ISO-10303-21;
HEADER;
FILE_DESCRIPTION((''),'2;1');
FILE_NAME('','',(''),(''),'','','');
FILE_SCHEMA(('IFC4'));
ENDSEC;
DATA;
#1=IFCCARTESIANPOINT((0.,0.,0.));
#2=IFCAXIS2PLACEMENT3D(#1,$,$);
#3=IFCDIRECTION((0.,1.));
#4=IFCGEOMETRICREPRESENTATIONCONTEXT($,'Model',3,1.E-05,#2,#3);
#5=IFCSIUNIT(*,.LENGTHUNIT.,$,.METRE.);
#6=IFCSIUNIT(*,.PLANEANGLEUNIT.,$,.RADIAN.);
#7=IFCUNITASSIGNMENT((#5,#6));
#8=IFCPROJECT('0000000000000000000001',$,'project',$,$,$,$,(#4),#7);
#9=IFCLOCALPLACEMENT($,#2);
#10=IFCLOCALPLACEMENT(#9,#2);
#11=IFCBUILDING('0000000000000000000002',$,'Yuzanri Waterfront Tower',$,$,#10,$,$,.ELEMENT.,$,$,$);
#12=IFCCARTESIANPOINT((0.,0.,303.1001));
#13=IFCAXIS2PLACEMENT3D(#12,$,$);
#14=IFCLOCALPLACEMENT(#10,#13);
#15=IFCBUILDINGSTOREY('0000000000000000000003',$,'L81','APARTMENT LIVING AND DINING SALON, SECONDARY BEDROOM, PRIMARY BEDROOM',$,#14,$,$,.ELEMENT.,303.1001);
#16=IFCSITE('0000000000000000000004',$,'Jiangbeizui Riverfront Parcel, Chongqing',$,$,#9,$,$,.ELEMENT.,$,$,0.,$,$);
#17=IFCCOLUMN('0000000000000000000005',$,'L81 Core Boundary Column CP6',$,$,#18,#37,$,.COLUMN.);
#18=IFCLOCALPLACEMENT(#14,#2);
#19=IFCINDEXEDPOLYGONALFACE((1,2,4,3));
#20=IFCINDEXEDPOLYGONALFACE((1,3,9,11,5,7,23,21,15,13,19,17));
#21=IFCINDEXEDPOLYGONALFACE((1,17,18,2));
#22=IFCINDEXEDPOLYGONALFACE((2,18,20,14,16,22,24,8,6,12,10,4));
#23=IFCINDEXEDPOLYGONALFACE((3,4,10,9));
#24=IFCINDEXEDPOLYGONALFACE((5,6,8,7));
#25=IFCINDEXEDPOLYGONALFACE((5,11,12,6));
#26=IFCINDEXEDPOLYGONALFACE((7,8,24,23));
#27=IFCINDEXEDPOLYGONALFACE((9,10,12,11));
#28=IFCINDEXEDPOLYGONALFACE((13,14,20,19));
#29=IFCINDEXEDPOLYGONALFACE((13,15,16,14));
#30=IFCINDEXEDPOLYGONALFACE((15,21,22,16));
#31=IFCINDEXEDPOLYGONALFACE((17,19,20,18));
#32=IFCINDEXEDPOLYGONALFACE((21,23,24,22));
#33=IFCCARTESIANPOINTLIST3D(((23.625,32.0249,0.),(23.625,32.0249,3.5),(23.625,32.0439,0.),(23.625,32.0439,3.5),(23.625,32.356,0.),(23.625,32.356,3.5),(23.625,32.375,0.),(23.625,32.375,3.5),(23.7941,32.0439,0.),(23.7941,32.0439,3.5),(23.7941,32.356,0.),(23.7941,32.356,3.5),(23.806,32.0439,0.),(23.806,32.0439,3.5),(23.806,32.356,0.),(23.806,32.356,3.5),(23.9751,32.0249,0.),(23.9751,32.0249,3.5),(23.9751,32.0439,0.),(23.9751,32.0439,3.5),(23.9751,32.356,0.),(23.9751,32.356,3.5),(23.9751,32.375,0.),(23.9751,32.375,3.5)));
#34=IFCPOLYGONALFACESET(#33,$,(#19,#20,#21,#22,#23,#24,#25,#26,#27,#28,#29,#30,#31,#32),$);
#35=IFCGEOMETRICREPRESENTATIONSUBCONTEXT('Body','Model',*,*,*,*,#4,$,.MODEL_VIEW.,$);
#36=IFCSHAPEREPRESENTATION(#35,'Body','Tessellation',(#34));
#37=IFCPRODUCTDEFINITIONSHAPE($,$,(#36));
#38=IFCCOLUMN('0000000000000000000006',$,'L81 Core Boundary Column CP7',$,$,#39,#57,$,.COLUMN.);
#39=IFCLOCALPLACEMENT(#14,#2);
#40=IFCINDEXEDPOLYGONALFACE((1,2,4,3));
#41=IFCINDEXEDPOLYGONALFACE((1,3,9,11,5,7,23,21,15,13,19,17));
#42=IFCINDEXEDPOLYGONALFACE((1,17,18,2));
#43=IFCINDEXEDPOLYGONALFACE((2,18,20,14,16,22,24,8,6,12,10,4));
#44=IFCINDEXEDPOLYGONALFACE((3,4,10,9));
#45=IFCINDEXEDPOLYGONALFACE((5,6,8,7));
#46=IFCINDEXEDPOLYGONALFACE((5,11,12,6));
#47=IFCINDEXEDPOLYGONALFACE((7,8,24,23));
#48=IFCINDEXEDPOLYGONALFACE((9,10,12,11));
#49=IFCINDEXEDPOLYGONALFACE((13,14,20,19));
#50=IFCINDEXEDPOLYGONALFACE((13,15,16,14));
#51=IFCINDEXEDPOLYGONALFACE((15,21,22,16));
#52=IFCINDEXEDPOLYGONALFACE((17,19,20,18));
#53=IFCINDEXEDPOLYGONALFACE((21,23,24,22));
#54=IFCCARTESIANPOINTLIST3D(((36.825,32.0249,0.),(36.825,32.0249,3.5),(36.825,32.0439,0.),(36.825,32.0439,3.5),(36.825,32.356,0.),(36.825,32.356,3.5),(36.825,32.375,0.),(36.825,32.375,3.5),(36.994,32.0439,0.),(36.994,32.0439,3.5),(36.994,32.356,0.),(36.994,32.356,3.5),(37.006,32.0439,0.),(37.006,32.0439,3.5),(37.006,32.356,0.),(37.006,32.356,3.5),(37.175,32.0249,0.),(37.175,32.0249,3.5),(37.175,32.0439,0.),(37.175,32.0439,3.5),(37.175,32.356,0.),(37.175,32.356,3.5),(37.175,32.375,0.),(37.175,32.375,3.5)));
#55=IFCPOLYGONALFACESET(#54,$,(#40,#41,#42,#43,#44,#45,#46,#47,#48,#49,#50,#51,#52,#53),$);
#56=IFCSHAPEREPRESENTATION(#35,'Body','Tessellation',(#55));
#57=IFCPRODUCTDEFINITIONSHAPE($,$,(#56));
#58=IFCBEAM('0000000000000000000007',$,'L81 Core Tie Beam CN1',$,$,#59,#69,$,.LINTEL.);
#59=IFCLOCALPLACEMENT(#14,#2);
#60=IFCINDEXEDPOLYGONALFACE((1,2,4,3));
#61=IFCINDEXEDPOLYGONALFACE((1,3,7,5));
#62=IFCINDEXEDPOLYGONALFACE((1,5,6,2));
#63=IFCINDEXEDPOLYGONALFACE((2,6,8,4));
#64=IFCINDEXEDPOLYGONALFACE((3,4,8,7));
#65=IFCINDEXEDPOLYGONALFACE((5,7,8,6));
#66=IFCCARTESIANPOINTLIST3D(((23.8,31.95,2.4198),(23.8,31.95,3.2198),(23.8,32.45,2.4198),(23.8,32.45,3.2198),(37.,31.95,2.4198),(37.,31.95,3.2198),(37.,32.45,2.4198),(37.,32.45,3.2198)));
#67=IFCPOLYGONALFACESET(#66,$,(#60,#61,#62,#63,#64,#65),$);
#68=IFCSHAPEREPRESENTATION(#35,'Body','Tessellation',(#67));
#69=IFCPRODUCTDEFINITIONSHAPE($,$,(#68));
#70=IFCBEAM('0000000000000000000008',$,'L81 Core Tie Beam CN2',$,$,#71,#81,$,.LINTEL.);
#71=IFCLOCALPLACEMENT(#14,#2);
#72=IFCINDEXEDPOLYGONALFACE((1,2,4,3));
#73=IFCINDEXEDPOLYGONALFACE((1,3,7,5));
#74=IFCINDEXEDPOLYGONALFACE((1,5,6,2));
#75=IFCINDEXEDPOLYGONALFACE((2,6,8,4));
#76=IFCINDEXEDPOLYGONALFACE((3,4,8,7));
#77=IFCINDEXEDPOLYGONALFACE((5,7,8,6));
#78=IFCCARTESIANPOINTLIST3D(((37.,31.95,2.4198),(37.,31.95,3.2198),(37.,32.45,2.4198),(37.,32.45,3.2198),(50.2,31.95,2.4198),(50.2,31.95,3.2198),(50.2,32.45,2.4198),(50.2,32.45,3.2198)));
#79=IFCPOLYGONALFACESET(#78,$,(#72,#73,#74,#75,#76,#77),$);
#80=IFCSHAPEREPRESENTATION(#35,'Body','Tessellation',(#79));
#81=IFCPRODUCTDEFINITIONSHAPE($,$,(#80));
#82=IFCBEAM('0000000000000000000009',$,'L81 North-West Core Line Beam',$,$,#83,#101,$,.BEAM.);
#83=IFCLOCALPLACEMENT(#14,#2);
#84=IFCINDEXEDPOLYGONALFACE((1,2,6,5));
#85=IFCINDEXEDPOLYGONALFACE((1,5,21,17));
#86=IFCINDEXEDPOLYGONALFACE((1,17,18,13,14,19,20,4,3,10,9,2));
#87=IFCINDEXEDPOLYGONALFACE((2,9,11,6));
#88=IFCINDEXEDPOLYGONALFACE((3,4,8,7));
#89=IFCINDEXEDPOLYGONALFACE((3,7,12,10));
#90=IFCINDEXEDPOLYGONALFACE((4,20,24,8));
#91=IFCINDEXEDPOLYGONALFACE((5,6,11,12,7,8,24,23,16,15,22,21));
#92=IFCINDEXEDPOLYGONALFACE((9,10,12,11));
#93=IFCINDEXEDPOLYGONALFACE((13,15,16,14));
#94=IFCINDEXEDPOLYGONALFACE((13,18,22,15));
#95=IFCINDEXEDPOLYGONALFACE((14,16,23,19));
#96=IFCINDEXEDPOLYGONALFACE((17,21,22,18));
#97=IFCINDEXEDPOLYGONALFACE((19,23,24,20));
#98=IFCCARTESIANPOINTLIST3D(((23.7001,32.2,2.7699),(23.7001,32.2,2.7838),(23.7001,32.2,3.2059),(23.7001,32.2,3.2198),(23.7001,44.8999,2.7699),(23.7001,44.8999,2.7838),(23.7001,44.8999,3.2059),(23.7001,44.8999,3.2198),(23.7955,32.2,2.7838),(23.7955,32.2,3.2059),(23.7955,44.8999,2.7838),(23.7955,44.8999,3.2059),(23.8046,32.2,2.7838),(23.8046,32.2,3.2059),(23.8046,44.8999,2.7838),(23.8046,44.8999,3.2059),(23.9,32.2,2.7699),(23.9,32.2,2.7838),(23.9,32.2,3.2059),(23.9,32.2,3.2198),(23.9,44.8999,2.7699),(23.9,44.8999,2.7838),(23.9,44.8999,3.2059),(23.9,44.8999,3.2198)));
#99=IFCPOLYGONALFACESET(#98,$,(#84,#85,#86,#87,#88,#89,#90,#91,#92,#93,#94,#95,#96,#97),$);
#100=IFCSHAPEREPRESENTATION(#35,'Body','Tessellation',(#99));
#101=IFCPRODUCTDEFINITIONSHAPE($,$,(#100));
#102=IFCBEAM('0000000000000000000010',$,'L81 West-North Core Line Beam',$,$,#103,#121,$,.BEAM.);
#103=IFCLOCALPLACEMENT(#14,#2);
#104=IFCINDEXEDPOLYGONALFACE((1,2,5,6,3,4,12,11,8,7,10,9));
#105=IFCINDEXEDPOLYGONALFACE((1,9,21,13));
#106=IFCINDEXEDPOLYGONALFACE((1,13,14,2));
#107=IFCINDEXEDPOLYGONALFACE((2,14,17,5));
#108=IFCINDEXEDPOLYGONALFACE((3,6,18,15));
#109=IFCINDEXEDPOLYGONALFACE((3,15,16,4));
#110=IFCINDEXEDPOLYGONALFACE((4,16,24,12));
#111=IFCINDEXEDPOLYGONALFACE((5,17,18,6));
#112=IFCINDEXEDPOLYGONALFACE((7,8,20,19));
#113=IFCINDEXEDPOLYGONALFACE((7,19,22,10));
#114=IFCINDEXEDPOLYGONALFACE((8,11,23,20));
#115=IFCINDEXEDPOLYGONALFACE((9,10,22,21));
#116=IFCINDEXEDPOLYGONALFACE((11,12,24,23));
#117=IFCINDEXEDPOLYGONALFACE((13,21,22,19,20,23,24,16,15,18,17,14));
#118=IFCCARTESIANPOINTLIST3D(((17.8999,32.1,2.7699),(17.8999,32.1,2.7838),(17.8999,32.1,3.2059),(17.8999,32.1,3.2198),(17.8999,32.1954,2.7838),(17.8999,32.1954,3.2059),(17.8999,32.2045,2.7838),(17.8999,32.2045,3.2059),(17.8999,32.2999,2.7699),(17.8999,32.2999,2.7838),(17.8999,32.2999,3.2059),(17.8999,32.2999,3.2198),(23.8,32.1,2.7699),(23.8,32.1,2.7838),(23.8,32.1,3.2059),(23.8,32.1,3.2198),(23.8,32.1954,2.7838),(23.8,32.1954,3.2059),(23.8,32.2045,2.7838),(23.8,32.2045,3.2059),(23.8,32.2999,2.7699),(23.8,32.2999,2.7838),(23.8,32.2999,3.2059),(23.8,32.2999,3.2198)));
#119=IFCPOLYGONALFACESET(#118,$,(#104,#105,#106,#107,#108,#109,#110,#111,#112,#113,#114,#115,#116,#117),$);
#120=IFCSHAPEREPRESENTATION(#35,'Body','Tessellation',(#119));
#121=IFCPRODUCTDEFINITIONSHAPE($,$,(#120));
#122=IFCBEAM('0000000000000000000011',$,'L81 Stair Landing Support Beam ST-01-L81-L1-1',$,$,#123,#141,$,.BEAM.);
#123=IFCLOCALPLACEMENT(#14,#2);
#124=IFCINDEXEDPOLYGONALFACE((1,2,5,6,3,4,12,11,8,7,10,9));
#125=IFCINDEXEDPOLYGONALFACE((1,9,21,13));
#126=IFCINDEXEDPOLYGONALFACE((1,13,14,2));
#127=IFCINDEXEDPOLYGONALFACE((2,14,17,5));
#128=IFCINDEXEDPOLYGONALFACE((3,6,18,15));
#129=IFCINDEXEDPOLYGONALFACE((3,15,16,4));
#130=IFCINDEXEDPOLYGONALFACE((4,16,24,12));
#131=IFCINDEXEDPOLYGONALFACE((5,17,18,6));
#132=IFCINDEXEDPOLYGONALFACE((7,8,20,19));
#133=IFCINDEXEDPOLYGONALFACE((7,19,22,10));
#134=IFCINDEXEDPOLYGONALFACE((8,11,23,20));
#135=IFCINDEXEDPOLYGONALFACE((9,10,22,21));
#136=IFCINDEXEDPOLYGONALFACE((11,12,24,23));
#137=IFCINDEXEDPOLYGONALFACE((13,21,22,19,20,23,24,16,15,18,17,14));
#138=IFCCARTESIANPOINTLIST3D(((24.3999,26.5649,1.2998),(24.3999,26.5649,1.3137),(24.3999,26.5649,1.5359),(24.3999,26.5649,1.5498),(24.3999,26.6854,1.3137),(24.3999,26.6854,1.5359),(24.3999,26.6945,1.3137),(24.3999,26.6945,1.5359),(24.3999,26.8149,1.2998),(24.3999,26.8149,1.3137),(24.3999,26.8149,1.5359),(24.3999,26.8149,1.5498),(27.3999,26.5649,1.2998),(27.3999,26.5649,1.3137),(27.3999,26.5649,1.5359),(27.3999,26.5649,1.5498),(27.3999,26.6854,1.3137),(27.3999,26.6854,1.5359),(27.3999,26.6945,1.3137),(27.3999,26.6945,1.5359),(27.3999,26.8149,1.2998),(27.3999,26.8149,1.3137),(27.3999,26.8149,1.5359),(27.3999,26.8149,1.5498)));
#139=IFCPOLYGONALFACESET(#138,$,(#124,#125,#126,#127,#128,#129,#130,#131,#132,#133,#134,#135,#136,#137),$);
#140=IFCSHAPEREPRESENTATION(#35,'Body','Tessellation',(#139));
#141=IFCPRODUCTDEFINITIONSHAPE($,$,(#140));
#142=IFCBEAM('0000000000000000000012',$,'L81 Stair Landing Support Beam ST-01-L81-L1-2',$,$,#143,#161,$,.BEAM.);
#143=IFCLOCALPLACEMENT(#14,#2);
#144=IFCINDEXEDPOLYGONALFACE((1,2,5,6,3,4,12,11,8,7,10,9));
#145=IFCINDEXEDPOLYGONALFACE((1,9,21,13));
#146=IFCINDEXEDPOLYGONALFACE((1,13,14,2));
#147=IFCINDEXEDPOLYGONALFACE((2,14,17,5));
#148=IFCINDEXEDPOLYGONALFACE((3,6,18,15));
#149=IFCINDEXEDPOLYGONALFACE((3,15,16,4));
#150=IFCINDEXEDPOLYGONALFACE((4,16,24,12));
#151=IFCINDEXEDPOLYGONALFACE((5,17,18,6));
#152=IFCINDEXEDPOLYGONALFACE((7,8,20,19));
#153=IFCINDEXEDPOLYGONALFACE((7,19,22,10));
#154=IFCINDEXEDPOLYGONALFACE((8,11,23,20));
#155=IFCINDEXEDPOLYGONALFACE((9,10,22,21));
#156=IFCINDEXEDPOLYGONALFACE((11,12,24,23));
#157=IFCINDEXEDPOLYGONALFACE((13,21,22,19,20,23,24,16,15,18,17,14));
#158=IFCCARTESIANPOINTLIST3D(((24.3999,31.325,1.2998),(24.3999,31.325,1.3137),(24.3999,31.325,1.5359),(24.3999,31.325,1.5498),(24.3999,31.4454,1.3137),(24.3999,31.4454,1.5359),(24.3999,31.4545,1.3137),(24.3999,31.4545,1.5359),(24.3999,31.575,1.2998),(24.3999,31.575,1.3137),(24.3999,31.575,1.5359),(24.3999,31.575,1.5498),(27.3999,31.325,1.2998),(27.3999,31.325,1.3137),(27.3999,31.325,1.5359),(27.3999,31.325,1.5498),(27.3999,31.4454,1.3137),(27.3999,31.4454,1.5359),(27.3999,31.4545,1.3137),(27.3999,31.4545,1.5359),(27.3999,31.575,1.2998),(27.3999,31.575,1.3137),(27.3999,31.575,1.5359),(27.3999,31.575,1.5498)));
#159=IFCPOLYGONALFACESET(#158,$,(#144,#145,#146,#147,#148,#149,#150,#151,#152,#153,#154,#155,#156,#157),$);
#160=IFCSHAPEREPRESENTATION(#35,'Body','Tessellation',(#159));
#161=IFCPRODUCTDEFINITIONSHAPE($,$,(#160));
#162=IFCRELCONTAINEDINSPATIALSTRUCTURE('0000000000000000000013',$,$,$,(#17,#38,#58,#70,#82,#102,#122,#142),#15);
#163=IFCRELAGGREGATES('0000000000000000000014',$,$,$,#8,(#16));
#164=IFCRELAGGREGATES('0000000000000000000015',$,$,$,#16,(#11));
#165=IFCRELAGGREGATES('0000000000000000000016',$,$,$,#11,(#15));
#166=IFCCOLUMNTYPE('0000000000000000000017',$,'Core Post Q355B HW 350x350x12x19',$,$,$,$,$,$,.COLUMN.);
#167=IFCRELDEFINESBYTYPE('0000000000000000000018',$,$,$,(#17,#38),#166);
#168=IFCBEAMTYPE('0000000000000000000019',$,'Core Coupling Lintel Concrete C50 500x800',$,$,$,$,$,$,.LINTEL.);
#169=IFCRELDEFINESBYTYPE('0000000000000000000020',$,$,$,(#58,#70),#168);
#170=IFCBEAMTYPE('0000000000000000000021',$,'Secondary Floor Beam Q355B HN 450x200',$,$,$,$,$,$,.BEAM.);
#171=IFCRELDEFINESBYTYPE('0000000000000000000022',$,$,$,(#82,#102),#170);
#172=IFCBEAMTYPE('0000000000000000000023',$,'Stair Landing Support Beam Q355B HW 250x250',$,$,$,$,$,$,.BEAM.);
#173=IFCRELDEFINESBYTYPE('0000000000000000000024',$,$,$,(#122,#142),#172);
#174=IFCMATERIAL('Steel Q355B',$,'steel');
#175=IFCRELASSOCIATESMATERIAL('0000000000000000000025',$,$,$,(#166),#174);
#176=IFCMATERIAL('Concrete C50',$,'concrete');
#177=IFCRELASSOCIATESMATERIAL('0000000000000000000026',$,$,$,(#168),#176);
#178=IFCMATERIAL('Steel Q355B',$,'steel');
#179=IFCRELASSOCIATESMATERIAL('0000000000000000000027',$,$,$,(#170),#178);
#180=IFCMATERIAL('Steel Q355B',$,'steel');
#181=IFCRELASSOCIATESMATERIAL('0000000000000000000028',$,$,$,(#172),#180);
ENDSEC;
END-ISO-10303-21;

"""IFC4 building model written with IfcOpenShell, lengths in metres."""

from ifc_helpers import new_model, si_unit, direction, frame, origin, origin_2d, place, context, subcontext, project, spatial, rectangle, i_section, extrude, source, transform, mapped, material, material_profile, profile_set, type_object, element, save


model = new_model("IFC4")

# Units and contexts
model_context = context("Model", 3, precision=1e-05, world=origin(), true_north=direction((0.0, 1.0)))
body_context = subcontext(model_context, "Body", "Model", "MODEL_VIEW")
ifc_project = project(units=[si_unit("LENGTHUNIT", "METRE"), si_unit("PLANEANGLEUNIT", "RADIAN")], contexts=[model_context])

# Site, building, storey
site_placement = place(None, origin())
site = spatial("IfcSite", under=ifc_project, at=site_placement, Name="Jiangbeizui Riverfront Parcel, Chongqing", CompositionType="ELEMENT", RefElevation=0.0)
building_placement = place(site_placement, origin())
building = spatial("IfcBuilding", under=site, at=building_placement, Name="Yuzanri Waterfront Tower", CompositionType="ELEMENT")
storey_placement = place(building_placement, frame((0.0, 0.0, 303.1001)))
storey = spatial("IfcBuildingStorey", under=building, at=storey_placement, Name="L81", Description="APARTMENT LIVING AND DINING SALON, SECONDARY BEDROOM, PRIMARY BEDROOM", CompositionType="ELEMENT", Elevation=303.1001)

# Columns
ifc_material_1 = material(Name="Steel Q355B", Category="steel")
ifc_material_profile_1 = material_profile(ifc_material_1, i_section(OverallWidth=0.3501, OverallDepth=0.3501, WebThickness=0.012, FlangeThickness=0.019, at=origin_2d()), Name="HW 350x350x12x19")
ifc_profile_set_1 = profile_set([ifc_material_profile_1], Name="Steel Q355B")
column_type = type_object("IfcColumnType", Name="Core Post Q355B HW 350x350x12x19", PredefinedType="COLUMN", material=ifc_profile_set_1)
shared_shape_1 = source(origin(), body_context, "Body", "SweptSolid", [
    extrude(i_section(OverallWidth=0.3501, OverallDepth=0.3501, WebThickness=0.012, FlangeThickness=0.019, at=origin_2d()), origin(), (0.0, 0.0, 1.0), 3.5),
])
for number, where, z_axis, x_axis, name in (
    (1, (23.8, 32.2, 0.0), (0.0, 0.0, 1.0), (1.0, 0.0, 0.0), "L81 Core Boundary Column CP6"),
    (2, (37.0, 32.2, 0.0), (0.0, 0.0, 1.0), (1.0, 0.0, 0.0), "L81 Core Boundary Column CP7"),
):
    element("IfcColumn", number, at=place(storey_placement, frame(where, z_axis=z_axis, x_axis=x_axis)), inside=storey, type_object=column_type, Name=name, PredefinedType="COLUMN", context=body_context, shape_type="MappedRepresentation", body=[
        mapped(shared_shape_1, transform((0.0, 0.0, 0.0), scale=1.0)),
    ])

# Beams
ifc_material_2 = material(Name="Concrete C50", Category="concrete")
ifc_material_profile_2 = material_profile(ifc_material_2, rectangle(XDim=0.5, YDim=0.8, at=origin_2d()), Name="RC 500x800")
ifc_profile_set_2 = profile_set([ifc_material_profile_2], Name="Concrete C50")
beam_type_1 = type_object("IfcBeamType", Name="Core Coupling Lintel Concrete C50 500x800", PredefinedType="LINTEL", material=ifc_profile_set_2)
shared_shape_2 = source(origin(), body_context, "Body", "SweptSolid", [
    extrude(rectangle(XDim=0.5, YDim=0.8, at=origin_2d()), origin(), (0.0, 0.0, 1.0), 13.2),
])
for number, where, z_axis, x_axis, name in (
    (3, (23.8, 32.2, 2.8198), (1.0, 0.0, 0.0), (0.0, 1.0, 0.0), "L81 Core Tie Beam CN1"),
    (4, (37.0, 32.2, 2.8198), (1.0, 0.0, 0.0), (0.0, 1.0, 0.0), "L81 Core Tie Beam CN2"),
):
    element("IfcBeam", number, at=place(storey_placement, frame(where, z_axis=z_axis, x_axis=x_axis)), inside=storey, type_object=beam_type_1, Name=name, PredefinedType="LINTEL", context=body_context, shape_type="MappedRepresentation", body=[
        mapped(shared_shape_2, transform((0.0, 0.0, 0.0), scale=1.0)),
    ])
ifc_material_3 = material(Name="Steel Q355B", Category="steel")
ifc_material_profile_3 = material_profile(ifc_material_3, i_section(OverallWidth=0.2, OverallDepth=0.45, WebThickness=0.009, FlangeThickness=0.0139, at=origin_2d()), Name="HN 450x200x9x14")
ifc_profile_set_3 = profile_set([ifc_material_profile_3], Name="Steel Q355B")
beam_type_2 = type_object("IfcBeamType", Name="Secondary Floor Beam Q355B HN 450x200", PredefinedType="BEAM", material=ifc_profile_set_3)
shared_shape_3 = source(origin(), body_context, "Body", "SweptSolid", [
    extrude(i_section(OverallWidth=0.2, OverallDepth=0.45, WebThickness=0.009, FlangeThickness=0.0139, at=origin_2d()), origin(), (0.0, 0.0, 1.0), 12.7),
])
beam_1_placement = place(storey_placement, frame((23.8, 32.2, 2.9949), z_axis=(0.0, 1.0, 0.0), x_axis=(-1.0, 0.0, 0.0)))
element("IfcBeam", 5, at=beam_1_placement, inside=storey, type_object=beam_type_2, Name="L81 North-West Core Line Beam", PredefinedType="BEAM", context=body_context, shape_type="MappedRepresentation", body=[
    mapped(shared_shape_3, transform((0.0, 0.0, 0.0), scale=1.0)),
])
shared_shape_4 = source(origin(), body_context, "Body", "SweptSolid", [
    extrude(i_section(OverallWidth=0.2, OverallDepth=0.45, WebThickness=0.009, FlangeThickness=0.0139, at=origin_2d()), origin(), (0.0, 0.0, 1.0), 5.9001),
])
beam_2_placement = place(storey_placement, frame((23.8, 32.2, 2.9949), z_axis=(-1.0, 0.0, 0.0), x_axis=(0.0, -1.0, 0.0)))
element("IfcBeam", 6, at=beam_2_placement, inside=storey, type_object=beam_type_2, Name="L81 West-North Core Line Beam", PredefinedType="BEAM", context=body_context, shape_type="MappedRepresentation", body=[
    mapped(shared_shape_4, transform((0.0, 0.0, 0.0), scale=1.0)),
])
ifc_material_4 = material(Name="Steel Q355B", Category="steel")
ifc_material_profile_4 = material_profile(ifc_material_4, i_section(OverallWidth=0.25, OverallDepth=0.25, WebThickness=0.009, FlangeThickness=0.0139, at=origin_2d()), Name="HW 250x250x9x14")
ifc_profile_set_4 = profile_set([ifc_material_profile_4], Name="Steel Q355B")
beam_type_3 = type_object("IfcBeamType", Name="Stair Landing Support Beam Q355B HW 250x250", PredefinedType="BEAM", material=ifc_profile_set_4)
shared_shape_5 = source(origin(), body_context, "Body", "SweptSolid", [
    extrude(i_section(OverallWidth=0.25, OverallDepth=0.25, WebThickness=0.009, FlangeThickness=0.0139, at=origin_2d()), origin(), (0.0, 0.0, 1.0), 3.0),
])
for number, where, z_axis, x_axis, name in (
    (7, (24.3999, 26.6899, 1.4248), (1.0, 0.0, 0.0), (0.0, 1.0, 0.0), "L81 Stair Landing Support Beam ST-01-L81-L1-1"),
    (8, (24.3999, 31.45, 1.4248), (1.0, 0.0, 0.0), (0.0, 1.0, 0.0), "L81 Stair Landing Support Beam ST-01-L81-L1-2"),
):
    element("IfcBeam", number, at=place(storey_placement, frame(where, z_axis=z_axis, x_axis=x_axis)), inside=storey, type_object=beam_type_3, Name=name, PredefinedType="BEAM", context=body_context, shape_type="MappedRepresentation", body=[
        mapped(shared_shape_5, transform((0.0, 0.0, 0.0), scale=1.0)),
    ])

save(model, "model.ifc")
